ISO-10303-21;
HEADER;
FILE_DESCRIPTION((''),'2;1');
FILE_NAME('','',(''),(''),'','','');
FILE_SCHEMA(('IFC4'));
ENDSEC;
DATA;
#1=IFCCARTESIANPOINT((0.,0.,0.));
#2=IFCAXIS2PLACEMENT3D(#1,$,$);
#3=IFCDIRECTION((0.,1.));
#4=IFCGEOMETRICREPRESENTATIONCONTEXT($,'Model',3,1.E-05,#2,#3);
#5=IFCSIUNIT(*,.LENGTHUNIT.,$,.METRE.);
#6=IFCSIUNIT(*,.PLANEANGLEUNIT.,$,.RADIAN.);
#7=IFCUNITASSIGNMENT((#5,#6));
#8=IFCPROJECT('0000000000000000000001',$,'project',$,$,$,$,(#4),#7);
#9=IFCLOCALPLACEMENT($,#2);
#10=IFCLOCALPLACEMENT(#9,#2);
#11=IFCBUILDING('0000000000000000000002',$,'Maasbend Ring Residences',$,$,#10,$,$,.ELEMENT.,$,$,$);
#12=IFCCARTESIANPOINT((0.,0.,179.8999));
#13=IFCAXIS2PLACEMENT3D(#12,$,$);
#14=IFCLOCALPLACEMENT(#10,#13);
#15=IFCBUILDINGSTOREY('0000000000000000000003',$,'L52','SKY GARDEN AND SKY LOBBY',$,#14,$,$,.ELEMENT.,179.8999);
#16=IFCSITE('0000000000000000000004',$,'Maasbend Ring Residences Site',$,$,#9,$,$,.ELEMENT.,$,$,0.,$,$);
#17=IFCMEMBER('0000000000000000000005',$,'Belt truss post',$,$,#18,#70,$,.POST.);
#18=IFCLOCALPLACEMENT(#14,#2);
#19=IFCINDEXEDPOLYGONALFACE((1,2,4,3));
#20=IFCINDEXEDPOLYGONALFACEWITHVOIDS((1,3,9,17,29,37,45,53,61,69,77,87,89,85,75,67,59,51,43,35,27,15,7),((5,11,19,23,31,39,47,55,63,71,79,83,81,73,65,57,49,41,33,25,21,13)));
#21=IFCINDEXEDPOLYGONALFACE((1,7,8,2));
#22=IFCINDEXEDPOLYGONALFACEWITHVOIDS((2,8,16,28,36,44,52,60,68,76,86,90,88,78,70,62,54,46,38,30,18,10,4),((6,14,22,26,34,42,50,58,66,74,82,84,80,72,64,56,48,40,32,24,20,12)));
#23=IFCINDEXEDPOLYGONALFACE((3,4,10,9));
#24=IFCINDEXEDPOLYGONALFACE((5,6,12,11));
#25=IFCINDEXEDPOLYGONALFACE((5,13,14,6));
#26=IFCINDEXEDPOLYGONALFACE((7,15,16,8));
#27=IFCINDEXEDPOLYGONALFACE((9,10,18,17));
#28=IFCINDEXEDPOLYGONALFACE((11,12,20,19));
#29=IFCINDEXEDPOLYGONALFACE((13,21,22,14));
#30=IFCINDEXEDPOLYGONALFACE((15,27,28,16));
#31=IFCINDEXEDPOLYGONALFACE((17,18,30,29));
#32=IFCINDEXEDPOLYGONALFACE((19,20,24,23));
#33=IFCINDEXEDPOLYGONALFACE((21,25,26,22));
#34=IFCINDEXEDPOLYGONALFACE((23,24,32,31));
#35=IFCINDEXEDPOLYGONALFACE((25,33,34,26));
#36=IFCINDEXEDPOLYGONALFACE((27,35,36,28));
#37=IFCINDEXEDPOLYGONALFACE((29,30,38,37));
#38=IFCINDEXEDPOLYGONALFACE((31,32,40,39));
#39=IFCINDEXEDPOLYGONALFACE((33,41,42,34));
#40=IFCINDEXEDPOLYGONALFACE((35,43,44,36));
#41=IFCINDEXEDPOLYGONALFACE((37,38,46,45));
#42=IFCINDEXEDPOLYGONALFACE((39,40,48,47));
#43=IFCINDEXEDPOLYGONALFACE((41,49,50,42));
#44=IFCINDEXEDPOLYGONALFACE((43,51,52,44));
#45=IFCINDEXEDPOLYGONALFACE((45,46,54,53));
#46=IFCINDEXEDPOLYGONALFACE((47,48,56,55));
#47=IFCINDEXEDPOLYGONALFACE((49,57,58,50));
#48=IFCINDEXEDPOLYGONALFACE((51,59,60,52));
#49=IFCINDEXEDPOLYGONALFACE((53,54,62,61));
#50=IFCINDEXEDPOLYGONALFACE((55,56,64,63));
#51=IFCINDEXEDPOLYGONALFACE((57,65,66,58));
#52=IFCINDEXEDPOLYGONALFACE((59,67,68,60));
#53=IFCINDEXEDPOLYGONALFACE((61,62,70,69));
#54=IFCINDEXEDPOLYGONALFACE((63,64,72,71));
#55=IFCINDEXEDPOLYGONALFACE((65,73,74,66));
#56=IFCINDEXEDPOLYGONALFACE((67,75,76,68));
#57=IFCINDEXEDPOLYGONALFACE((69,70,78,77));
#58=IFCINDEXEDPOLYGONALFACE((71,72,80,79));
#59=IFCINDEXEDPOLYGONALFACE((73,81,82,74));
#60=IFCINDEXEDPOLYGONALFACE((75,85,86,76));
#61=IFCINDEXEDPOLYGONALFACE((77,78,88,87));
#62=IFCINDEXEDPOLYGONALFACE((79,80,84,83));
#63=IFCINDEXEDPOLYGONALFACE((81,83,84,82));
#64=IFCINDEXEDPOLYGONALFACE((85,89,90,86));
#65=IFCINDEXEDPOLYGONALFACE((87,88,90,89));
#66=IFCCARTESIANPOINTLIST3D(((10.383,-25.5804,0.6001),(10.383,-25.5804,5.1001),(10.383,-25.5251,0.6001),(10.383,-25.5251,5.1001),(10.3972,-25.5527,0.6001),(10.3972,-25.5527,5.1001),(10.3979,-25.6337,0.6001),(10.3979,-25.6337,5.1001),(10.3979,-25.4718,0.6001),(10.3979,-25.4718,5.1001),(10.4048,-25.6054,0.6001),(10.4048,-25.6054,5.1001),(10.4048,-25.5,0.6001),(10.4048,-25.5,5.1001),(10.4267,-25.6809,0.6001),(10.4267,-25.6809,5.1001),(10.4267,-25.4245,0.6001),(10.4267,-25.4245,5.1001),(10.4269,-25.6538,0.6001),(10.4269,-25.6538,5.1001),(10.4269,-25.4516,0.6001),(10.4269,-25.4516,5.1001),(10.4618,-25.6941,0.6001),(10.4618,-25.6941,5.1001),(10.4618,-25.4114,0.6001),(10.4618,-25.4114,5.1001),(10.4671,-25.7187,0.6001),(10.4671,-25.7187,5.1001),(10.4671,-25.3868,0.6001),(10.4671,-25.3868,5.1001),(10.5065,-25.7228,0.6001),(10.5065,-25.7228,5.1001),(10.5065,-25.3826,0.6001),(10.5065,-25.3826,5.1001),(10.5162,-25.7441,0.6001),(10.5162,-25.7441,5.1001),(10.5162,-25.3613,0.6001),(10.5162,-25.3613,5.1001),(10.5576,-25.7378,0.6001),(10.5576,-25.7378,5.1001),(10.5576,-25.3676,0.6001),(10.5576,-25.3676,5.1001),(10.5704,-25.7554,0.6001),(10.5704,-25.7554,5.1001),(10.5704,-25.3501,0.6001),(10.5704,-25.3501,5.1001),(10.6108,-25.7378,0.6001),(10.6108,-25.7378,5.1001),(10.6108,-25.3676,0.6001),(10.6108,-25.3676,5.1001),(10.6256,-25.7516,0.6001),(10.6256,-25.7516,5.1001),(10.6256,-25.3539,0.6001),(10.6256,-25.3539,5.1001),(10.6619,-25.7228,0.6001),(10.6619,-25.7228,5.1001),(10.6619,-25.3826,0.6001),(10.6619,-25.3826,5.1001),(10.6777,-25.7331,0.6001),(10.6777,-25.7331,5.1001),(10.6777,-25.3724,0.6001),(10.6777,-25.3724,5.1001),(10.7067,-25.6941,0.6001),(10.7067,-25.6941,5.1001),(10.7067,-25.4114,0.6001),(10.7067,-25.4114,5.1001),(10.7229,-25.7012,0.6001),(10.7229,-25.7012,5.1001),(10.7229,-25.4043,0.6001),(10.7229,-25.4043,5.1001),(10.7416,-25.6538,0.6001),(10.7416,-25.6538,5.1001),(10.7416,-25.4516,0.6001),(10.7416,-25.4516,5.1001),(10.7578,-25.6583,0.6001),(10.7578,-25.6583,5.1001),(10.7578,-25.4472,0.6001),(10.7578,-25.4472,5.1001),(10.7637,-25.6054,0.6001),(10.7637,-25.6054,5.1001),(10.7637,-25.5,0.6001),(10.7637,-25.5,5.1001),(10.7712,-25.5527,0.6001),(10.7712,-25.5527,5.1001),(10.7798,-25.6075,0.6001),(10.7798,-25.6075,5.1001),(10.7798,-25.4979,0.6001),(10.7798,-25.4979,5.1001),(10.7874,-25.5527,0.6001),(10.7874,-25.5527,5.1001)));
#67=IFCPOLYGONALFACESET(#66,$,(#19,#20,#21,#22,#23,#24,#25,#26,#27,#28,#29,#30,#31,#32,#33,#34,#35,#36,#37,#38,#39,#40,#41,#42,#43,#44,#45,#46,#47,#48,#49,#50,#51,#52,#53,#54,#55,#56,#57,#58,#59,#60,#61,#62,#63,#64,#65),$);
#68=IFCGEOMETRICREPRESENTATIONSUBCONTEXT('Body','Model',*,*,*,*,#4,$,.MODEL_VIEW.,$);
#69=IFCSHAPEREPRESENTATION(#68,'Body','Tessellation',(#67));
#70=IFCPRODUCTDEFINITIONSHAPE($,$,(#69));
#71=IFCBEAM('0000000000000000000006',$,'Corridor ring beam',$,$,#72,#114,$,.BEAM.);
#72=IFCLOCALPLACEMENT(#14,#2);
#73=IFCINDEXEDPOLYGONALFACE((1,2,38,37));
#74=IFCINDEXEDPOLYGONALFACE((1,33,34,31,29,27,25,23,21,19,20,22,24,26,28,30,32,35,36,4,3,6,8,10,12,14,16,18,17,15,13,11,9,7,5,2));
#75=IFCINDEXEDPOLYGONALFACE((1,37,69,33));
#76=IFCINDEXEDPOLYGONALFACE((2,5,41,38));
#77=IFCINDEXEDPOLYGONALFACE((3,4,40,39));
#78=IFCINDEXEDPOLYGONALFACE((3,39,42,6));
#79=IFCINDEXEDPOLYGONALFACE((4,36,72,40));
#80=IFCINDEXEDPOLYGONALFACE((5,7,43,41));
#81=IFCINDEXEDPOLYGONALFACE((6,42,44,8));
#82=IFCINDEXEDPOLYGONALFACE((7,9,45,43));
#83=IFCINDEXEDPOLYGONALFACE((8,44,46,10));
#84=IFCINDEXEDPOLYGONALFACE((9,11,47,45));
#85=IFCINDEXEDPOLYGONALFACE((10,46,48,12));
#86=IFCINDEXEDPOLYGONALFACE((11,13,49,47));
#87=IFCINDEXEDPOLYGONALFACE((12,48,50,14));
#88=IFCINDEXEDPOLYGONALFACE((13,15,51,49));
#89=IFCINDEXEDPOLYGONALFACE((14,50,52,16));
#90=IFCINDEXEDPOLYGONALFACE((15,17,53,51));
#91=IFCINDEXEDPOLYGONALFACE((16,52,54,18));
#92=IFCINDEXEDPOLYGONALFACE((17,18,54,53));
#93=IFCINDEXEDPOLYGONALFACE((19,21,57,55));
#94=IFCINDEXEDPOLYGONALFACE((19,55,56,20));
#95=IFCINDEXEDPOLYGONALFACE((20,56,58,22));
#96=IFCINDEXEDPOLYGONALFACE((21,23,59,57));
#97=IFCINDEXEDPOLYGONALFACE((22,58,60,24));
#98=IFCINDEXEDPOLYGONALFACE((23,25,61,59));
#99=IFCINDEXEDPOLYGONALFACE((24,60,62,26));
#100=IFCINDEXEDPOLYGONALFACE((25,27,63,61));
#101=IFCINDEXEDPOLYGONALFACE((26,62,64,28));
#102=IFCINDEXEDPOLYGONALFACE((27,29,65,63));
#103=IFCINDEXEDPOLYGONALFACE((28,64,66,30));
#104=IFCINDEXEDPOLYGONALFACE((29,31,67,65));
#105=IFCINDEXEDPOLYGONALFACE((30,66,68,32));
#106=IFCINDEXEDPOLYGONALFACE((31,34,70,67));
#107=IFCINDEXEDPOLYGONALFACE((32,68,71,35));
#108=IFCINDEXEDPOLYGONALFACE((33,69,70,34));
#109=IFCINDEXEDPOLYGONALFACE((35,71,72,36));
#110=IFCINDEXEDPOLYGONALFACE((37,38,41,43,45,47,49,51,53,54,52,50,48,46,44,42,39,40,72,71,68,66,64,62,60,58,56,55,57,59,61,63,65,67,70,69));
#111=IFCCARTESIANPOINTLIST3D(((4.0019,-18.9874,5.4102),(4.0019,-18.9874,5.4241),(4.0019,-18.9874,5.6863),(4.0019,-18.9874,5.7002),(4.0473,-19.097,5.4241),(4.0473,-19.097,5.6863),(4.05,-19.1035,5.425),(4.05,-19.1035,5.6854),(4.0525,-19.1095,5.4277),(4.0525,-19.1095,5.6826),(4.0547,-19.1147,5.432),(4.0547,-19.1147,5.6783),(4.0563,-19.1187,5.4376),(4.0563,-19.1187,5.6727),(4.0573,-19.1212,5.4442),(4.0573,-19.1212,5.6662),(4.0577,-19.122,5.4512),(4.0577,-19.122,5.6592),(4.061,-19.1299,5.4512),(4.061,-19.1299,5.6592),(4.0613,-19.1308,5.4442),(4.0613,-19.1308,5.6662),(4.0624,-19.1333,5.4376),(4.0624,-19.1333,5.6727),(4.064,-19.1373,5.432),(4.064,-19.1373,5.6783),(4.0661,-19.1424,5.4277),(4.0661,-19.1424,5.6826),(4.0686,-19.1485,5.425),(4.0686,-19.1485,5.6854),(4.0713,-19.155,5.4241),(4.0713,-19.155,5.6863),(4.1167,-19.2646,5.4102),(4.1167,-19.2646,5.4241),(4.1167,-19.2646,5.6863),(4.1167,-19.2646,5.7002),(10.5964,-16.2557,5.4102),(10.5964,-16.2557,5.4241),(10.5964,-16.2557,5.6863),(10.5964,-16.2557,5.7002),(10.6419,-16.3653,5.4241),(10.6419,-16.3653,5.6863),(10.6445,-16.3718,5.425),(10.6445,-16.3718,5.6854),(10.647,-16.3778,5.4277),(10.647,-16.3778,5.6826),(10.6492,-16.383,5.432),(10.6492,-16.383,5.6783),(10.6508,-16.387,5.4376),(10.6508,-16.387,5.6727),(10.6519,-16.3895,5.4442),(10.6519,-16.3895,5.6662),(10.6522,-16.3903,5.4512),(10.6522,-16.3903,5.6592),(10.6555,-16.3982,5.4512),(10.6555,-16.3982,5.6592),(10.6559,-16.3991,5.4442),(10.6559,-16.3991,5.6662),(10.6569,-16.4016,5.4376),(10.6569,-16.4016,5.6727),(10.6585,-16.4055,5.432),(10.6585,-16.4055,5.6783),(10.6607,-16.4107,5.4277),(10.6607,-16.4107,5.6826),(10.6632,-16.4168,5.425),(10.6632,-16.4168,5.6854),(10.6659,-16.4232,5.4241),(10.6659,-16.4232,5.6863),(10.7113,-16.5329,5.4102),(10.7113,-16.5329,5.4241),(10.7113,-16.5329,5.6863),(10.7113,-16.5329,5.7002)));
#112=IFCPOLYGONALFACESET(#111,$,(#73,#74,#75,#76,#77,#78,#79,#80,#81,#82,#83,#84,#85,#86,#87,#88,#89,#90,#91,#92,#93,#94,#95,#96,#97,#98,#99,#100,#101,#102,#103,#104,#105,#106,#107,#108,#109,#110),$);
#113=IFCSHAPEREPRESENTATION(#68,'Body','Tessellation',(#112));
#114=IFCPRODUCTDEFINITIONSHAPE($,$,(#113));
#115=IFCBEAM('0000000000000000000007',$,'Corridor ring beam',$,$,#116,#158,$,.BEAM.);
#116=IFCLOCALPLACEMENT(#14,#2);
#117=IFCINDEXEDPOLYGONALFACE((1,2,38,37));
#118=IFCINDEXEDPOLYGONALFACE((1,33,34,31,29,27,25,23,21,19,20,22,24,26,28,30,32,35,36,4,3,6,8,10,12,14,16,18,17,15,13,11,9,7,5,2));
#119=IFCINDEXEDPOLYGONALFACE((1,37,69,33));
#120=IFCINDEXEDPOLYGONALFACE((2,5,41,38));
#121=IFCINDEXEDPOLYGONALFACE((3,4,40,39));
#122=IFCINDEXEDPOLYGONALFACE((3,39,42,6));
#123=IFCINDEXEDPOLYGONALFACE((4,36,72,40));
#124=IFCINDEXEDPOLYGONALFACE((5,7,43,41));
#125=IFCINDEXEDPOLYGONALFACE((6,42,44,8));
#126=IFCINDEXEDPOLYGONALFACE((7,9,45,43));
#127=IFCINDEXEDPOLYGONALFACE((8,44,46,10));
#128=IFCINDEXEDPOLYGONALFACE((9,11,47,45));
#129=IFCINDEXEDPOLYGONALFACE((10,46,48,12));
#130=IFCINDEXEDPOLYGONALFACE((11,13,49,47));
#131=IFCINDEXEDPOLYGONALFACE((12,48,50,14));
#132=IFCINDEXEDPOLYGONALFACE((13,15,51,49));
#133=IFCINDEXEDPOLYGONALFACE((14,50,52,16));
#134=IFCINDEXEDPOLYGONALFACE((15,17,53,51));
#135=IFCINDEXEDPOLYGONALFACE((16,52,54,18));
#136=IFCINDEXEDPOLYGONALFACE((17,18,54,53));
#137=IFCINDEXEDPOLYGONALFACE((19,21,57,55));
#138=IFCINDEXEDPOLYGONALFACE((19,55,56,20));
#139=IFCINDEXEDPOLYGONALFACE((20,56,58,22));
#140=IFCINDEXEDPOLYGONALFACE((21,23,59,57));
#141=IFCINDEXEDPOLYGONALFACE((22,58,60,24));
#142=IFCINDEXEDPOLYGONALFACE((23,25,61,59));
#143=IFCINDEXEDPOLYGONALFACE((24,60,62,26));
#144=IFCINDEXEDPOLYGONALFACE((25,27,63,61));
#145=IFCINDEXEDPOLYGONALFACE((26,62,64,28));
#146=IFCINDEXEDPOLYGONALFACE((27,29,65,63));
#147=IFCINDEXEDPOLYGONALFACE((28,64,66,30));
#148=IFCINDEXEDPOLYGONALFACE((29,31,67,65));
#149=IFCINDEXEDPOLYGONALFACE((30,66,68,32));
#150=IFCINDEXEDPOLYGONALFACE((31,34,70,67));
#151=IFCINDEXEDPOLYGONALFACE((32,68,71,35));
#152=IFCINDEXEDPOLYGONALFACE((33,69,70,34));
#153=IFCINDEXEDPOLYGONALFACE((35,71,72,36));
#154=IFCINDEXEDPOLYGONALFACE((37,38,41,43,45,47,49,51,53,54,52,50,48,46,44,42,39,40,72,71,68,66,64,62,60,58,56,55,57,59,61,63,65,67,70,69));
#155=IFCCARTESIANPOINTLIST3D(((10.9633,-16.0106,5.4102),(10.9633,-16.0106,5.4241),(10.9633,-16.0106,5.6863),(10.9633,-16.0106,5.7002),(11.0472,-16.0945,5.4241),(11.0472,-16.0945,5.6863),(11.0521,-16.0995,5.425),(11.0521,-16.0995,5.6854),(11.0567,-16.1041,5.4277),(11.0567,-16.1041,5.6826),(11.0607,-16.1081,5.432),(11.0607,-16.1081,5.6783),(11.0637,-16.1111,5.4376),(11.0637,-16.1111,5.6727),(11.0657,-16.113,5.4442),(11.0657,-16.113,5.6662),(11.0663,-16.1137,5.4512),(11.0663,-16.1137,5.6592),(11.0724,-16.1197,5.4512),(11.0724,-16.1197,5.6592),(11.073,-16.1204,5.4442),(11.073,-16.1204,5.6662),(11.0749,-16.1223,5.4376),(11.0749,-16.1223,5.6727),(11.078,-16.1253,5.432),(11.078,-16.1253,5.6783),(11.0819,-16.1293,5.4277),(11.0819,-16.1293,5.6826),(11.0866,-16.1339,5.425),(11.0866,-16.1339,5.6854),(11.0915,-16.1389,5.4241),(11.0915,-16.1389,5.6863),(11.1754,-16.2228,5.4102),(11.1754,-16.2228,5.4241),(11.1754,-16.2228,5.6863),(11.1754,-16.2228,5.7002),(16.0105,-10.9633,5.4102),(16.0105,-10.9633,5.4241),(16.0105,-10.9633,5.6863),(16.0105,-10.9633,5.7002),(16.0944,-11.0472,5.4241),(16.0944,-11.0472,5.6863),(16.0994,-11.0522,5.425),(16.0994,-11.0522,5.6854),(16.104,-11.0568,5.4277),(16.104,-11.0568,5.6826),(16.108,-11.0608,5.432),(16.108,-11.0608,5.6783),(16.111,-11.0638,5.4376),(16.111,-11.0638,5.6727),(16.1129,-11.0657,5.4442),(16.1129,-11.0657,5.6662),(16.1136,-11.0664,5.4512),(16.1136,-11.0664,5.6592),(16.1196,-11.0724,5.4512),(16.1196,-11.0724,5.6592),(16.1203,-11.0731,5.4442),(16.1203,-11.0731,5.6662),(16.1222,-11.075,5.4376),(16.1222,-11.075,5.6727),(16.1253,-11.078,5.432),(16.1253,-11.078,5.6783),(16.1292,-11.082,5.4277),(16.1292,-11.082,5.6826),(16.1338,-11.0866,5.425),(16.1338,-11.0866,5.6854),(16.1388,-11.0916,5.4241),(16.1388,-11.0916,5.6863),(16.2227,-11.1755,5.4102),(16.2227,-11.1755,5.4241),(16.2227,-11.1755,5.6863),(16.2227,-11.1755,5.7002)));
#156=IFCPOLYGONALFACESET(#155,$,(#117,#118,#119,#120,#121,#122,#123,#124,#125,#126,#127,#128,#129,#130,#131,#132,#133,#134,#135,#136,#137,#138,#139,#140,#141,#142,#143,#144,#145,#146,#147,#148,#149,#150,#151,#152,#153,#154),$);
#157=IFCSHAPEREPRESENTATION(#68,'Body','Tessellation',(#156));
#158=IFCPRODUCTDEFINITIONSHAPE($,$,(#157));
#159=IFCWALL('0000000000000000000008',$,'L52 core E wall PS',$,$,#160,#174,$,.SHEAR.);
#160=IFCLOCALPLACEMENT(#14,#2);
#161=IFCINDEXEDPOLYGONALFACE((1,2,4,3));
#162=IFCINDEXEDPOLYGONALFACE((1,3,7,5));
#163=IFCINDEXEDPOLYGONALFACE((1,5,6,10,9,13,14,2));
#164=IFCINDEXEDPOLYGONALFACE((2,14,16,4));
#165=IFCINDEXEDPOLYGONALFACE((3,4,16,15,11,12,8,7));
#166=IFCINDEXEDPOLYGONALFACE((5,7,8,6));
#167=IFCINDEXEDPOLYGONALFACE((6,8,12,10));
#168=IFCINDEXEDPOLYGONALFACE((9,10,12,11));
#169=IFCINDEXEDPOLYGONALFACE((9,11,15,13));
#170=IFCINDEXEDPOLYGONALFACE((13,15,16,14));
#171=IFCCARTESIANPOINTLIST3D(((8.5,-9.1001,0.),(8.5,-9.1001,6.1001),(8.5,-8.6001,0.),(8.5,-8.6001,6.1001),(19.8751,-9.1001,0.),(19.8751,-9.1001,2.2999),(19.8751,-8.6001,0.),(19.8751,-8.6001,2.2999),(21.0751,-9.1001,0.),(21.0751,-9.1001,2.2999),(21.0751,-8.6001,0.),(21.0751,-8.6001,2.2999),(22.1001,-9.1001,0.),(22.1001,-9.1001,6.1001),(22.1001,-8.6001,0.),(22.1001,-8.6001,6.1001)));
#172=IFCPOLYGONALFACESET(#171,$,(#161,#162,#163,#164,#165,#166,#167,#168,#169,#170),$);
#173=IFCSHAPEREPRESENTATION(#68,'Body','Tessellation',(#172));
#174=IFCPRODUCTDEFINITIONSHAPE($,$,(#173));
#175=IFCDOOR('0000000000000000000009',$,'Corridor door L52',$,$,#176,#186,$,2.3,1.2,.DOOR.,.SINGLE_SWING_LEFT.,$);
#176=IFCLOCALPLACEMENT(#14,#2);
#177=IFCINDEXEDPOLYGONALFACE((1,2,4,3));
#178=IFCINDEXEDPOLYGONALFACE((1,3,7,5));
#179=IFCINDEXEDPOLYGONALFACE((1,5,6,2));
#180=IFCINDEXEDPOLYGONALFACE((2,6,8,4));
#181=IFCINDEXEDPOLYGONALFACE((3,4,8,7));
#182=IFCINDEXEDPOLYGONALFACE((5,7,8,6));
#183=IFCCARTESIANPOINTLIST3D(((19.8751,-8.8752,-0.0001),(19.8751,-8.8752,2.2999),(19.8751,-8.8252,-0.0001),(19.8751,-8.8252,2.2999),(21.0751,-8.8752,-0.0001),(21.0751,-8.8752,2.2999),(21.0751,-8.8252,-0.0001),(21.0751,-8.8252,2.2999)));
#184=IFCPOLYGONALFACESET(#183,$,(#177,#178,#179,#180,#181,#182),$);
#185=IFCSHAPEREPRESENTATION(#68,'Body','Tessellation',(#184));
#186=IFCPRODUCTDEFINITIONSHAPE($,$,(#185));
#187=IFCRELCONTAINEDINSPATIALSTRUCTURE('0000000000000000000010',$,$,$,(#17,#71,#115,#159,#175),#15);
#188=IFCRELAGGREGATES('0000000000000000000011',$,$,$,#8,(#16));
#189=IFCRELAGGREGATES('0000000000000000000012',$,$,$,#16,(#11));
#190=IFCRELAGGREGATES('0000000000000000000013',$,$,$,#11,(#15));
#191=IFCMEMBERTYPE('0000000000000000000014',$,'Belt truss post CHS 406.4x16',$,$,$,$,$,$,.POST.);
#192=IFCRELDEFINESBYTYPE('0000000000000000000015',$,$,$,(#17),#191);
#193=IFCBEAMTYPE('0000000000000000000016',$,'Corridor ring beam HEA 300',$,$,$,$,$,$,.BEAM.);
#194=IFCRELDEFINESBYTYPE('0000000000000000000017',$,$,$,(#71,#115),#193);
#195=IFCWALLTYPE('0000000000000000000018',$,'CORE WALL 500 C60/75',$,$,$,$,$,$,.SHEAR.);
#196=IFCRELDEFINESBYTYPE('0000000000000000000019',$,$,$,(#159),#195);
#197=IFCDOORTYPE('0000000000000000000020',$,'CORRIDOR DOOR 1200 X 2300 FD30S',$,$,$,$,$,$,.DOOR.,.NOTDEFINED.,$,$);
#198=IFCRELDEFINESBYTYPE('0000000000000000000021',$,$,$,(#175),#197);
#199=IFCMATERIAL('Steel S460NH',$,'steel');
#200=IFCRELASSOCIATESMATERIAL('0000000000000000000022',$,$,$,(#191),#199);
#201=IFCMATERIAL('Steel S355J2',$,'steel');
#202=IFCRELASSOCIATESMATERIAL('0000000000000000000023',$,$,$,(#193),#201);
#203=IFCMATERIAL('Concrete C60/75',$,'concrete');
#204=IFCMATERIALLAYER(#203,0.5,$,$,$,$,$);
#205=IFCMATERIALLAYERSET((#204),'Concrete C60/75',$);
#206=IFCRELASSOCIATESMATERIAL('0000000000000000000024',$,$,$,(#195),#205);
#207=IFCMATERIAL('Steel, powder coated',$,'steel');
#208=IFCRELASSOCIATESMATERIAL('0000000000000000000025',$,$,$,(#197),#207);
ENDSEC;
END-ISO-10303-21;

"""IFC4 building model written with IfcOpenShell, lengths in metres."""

from ifc_helpers import new_model, si_unit, direction, frame, frame_2d, origin, origin_2d, place, context, subcontext, project, spatial, rectangle, hollow_circle, i_section, extrude, material, layer, layer_set, material_profile, profile_set, type_object, element, fill, save


model = new_model("IFC4")

# Units and contexts
model_context = context("Model", 3, precision=1e-05, world=origin(), true_north=direction((0.0, 1.0)))
body_context = subcontext(model_context, "Body", "Model", "MODEL_VIEW")
ifc_project = project(units=[si_unit("LENGTHUNIT", "METRE"), si_unit("PLANEANGLEUNIT", "RADIAN")], contexts=[model_context])

# Site, building, storey
site_placement = place(None, origin())
site = spatial("IfcSite", under=ifc_project, at=site_placement, Name="Maasbend Ring Residences Site", CompositionType="ELEMENT", RefElevation=0.0)
building_placement = place(site_placement, origin())
building = spatial("IfcBuilding", under=site, at=building_placement, Name="Maasbend Ring Residences", CompositionType="ELEMENT")
storey_placement = place(building_placement, frame((0.0, 0.0, 179.8999)))
storey = spatial("IfcBuildingStorey", under=building, at=storey_placement, Name="L52", Description="SKY GARDEN AND SKY LOBBY", CompositionType="ELEMENT", Elevation=179.8999)

# Member
ifc_material_1 = material(Name="Steel S460NH", Category="steel")
ifc_material_profile_1 = material_profile(ifc_material_1, hollow_circle(Radius=0.2031, WallThickness=0.0161, at=origin_2d()), Name="Belt truss post CHS 406.4x16")
ifc_profile_set_1 = profile_set([ifc_material_profile_1], Name="Steel S460NH")
member_type_1 = type_object("IfcMemberType", Name="Belt truss post CHS 406.4x16", PredefinedType="POST", material=ifc_profile_set_1)
member_1_placement = place(storey_placement, frame((10.5842, -25.5527, 0.6001), z_axis=(0.0, 0.0, 1.0), x_axis=(1.0, 0.0, 0.0)))
element("IfcMember", 1, at=member_1_placement, inside=storey, type_object=member_type_1, Name="Belt truss post", PredefinedType="POST", context=body_context, shape_type="SweptSolid", body=[
    extrude(hollow_circle(Radius=0.2031, WallThickness=0.0161, at=origin_2d()), origin(), (0.0, 0.0, 1.0), 4.5),
])

# Beams
ifc_material_2 = material(Name="Steel S355J2", Category="steel")
ifc_material_profile_2 = material_profile(ifc_material_2, i_section(OverallWidth=0.3, OverallDepth=0.29, WebThickness=0.0085, FlangeThickness=0.0139, FilletRadius=0.0271, at=origin_2d()), Name="HEA 300")
ifc_profile_set_2 = profile_set([ifc_material_profile_2], Name="Steel S355J2")
beam_type_1 = type_object("IfcBeamType", Name="Corridor ring beam HEA 300", PredefinedType="BEAM", material=ifc_profile_set_2)
for number, where, z_axis, x_axis, name in (
    (2, (4.0593, -19.126, 5.5552), (0.923871, 0.382703, 0.0), (-0.382703, 0.923871, 0.0), "Corridor ring beam"),
    (3, (11.0693, -16.1167, 5.5552), (0.707107, 0.707107, 0.0), (-0.707107, 0.707107, 0.0), "Corridor ring beam"),
):
    element("IfcBeam", number, at=place(storey_placement, frame(where, z_axis=z_axis, x_axis=x_axis)), inside=storey, type_object=beam_type_1, Name=name, PredefinedType="BEAM", context=body_context, shape_type="SweptSolid", body=[
        extrude(i_section(OverallWidth=0.3, OverallDepth=0.29, WebThickness=0.0085, FlangeThickness=0.0139, FilletRadius=0.0271, at=origin_2d()), origin(), (0.0, 0.0, 1.0), 7.1379),
    ])

# Wall, opening, door
ifc_material_3 = material(Name="Concrete C60/75", Category="concrete")
ifc_layer_1 = layer(ifc_material_3, 0.5)
ifc_layer_set_1 = layer_set([ifc_layer_1], Name="Concrete C60/75")
wall_type_1 = type_object("IfcWallType", Name="CORE WALL 500 C60/75", PredefinedType="SHEAR", material=ifc_layer_set_1)
wall_1_placement = place(storey_placement, frame((8.5, -8.8501, 0.0), z_axis=(0.0, 0.0, 1.0), x_axis=(1.0, 0.0, 0.0)))
wall_1 = element("IfcWall", 4, at=wall_1_placement, inside=storey, type_object=wall_type_1, Name="L52 core E wall PS", PredefinedType="SHEAR", context=body_context, shape_type="SweptSolid", body=[
    extrude(rectangle(XDim=13.6001, YDim=0.5, at=frame_2d((6.8, 0.0))), origin(), (0.0, 0.0, 1.0), 6.1001),
])
opening_1_placement = place(wall_1_placement, frame((11.375, 0.0, 0.0)))
opening_1 = element("IfcOpeningElement", 5, at=opening_1_placement, cuts=wall_1, PredefinedType="OPENING", context=body_context, shape_type="SweptSolid", body=[
    extrude(rectangle(XDim=1.2, YDim=2.3, at=frame_2d((0.6001, 1.1499))), frame((0.0, 0.26, 0.0), z_axis=(0.0, -1.0, 0.0), x_axis=(1.0, 0.0, 0.0)), (0.0, 0.0, 1.0), 0.52),
])
ifc_material_4 = material(Name="Steel, powder coated", Category="steel")
door_type_1 = type_object("IfcDoorType", Name="CORRIDOR DOOR 1200 X 2300 FD30S", OperationType="NOTDEFINED", PredefinedType="DOOR", material=ifc_material_4)
door_1_placement = place(opening_1_placement, origin())
door_1 = element("IfcDoor", 6, at=door_1_placement, inside=storey, type_object=door_type_1, Name="Corridor door L52", OperationType="SINGLE_SWING_LEFT", OverallHeight=2.3, OverallWidth=1.2, PredefinedType="DOOR", context=body_context, shape_type="SweptSolid", body=[
    extrude(rectangle(XDim=1.2, YDim=2.3, at=frame_2d((0.6001, 1.1499))), frame((0.0, 0.0249, 0.0), z_axis=(0.0, -1.0, 0.0), x_axis=(1.0, 0.0, 0.0)), (0.0, 0.0, 1.0), 0.05),
])
fill(opening_1, door_1)

save(model, "model.ifc")
